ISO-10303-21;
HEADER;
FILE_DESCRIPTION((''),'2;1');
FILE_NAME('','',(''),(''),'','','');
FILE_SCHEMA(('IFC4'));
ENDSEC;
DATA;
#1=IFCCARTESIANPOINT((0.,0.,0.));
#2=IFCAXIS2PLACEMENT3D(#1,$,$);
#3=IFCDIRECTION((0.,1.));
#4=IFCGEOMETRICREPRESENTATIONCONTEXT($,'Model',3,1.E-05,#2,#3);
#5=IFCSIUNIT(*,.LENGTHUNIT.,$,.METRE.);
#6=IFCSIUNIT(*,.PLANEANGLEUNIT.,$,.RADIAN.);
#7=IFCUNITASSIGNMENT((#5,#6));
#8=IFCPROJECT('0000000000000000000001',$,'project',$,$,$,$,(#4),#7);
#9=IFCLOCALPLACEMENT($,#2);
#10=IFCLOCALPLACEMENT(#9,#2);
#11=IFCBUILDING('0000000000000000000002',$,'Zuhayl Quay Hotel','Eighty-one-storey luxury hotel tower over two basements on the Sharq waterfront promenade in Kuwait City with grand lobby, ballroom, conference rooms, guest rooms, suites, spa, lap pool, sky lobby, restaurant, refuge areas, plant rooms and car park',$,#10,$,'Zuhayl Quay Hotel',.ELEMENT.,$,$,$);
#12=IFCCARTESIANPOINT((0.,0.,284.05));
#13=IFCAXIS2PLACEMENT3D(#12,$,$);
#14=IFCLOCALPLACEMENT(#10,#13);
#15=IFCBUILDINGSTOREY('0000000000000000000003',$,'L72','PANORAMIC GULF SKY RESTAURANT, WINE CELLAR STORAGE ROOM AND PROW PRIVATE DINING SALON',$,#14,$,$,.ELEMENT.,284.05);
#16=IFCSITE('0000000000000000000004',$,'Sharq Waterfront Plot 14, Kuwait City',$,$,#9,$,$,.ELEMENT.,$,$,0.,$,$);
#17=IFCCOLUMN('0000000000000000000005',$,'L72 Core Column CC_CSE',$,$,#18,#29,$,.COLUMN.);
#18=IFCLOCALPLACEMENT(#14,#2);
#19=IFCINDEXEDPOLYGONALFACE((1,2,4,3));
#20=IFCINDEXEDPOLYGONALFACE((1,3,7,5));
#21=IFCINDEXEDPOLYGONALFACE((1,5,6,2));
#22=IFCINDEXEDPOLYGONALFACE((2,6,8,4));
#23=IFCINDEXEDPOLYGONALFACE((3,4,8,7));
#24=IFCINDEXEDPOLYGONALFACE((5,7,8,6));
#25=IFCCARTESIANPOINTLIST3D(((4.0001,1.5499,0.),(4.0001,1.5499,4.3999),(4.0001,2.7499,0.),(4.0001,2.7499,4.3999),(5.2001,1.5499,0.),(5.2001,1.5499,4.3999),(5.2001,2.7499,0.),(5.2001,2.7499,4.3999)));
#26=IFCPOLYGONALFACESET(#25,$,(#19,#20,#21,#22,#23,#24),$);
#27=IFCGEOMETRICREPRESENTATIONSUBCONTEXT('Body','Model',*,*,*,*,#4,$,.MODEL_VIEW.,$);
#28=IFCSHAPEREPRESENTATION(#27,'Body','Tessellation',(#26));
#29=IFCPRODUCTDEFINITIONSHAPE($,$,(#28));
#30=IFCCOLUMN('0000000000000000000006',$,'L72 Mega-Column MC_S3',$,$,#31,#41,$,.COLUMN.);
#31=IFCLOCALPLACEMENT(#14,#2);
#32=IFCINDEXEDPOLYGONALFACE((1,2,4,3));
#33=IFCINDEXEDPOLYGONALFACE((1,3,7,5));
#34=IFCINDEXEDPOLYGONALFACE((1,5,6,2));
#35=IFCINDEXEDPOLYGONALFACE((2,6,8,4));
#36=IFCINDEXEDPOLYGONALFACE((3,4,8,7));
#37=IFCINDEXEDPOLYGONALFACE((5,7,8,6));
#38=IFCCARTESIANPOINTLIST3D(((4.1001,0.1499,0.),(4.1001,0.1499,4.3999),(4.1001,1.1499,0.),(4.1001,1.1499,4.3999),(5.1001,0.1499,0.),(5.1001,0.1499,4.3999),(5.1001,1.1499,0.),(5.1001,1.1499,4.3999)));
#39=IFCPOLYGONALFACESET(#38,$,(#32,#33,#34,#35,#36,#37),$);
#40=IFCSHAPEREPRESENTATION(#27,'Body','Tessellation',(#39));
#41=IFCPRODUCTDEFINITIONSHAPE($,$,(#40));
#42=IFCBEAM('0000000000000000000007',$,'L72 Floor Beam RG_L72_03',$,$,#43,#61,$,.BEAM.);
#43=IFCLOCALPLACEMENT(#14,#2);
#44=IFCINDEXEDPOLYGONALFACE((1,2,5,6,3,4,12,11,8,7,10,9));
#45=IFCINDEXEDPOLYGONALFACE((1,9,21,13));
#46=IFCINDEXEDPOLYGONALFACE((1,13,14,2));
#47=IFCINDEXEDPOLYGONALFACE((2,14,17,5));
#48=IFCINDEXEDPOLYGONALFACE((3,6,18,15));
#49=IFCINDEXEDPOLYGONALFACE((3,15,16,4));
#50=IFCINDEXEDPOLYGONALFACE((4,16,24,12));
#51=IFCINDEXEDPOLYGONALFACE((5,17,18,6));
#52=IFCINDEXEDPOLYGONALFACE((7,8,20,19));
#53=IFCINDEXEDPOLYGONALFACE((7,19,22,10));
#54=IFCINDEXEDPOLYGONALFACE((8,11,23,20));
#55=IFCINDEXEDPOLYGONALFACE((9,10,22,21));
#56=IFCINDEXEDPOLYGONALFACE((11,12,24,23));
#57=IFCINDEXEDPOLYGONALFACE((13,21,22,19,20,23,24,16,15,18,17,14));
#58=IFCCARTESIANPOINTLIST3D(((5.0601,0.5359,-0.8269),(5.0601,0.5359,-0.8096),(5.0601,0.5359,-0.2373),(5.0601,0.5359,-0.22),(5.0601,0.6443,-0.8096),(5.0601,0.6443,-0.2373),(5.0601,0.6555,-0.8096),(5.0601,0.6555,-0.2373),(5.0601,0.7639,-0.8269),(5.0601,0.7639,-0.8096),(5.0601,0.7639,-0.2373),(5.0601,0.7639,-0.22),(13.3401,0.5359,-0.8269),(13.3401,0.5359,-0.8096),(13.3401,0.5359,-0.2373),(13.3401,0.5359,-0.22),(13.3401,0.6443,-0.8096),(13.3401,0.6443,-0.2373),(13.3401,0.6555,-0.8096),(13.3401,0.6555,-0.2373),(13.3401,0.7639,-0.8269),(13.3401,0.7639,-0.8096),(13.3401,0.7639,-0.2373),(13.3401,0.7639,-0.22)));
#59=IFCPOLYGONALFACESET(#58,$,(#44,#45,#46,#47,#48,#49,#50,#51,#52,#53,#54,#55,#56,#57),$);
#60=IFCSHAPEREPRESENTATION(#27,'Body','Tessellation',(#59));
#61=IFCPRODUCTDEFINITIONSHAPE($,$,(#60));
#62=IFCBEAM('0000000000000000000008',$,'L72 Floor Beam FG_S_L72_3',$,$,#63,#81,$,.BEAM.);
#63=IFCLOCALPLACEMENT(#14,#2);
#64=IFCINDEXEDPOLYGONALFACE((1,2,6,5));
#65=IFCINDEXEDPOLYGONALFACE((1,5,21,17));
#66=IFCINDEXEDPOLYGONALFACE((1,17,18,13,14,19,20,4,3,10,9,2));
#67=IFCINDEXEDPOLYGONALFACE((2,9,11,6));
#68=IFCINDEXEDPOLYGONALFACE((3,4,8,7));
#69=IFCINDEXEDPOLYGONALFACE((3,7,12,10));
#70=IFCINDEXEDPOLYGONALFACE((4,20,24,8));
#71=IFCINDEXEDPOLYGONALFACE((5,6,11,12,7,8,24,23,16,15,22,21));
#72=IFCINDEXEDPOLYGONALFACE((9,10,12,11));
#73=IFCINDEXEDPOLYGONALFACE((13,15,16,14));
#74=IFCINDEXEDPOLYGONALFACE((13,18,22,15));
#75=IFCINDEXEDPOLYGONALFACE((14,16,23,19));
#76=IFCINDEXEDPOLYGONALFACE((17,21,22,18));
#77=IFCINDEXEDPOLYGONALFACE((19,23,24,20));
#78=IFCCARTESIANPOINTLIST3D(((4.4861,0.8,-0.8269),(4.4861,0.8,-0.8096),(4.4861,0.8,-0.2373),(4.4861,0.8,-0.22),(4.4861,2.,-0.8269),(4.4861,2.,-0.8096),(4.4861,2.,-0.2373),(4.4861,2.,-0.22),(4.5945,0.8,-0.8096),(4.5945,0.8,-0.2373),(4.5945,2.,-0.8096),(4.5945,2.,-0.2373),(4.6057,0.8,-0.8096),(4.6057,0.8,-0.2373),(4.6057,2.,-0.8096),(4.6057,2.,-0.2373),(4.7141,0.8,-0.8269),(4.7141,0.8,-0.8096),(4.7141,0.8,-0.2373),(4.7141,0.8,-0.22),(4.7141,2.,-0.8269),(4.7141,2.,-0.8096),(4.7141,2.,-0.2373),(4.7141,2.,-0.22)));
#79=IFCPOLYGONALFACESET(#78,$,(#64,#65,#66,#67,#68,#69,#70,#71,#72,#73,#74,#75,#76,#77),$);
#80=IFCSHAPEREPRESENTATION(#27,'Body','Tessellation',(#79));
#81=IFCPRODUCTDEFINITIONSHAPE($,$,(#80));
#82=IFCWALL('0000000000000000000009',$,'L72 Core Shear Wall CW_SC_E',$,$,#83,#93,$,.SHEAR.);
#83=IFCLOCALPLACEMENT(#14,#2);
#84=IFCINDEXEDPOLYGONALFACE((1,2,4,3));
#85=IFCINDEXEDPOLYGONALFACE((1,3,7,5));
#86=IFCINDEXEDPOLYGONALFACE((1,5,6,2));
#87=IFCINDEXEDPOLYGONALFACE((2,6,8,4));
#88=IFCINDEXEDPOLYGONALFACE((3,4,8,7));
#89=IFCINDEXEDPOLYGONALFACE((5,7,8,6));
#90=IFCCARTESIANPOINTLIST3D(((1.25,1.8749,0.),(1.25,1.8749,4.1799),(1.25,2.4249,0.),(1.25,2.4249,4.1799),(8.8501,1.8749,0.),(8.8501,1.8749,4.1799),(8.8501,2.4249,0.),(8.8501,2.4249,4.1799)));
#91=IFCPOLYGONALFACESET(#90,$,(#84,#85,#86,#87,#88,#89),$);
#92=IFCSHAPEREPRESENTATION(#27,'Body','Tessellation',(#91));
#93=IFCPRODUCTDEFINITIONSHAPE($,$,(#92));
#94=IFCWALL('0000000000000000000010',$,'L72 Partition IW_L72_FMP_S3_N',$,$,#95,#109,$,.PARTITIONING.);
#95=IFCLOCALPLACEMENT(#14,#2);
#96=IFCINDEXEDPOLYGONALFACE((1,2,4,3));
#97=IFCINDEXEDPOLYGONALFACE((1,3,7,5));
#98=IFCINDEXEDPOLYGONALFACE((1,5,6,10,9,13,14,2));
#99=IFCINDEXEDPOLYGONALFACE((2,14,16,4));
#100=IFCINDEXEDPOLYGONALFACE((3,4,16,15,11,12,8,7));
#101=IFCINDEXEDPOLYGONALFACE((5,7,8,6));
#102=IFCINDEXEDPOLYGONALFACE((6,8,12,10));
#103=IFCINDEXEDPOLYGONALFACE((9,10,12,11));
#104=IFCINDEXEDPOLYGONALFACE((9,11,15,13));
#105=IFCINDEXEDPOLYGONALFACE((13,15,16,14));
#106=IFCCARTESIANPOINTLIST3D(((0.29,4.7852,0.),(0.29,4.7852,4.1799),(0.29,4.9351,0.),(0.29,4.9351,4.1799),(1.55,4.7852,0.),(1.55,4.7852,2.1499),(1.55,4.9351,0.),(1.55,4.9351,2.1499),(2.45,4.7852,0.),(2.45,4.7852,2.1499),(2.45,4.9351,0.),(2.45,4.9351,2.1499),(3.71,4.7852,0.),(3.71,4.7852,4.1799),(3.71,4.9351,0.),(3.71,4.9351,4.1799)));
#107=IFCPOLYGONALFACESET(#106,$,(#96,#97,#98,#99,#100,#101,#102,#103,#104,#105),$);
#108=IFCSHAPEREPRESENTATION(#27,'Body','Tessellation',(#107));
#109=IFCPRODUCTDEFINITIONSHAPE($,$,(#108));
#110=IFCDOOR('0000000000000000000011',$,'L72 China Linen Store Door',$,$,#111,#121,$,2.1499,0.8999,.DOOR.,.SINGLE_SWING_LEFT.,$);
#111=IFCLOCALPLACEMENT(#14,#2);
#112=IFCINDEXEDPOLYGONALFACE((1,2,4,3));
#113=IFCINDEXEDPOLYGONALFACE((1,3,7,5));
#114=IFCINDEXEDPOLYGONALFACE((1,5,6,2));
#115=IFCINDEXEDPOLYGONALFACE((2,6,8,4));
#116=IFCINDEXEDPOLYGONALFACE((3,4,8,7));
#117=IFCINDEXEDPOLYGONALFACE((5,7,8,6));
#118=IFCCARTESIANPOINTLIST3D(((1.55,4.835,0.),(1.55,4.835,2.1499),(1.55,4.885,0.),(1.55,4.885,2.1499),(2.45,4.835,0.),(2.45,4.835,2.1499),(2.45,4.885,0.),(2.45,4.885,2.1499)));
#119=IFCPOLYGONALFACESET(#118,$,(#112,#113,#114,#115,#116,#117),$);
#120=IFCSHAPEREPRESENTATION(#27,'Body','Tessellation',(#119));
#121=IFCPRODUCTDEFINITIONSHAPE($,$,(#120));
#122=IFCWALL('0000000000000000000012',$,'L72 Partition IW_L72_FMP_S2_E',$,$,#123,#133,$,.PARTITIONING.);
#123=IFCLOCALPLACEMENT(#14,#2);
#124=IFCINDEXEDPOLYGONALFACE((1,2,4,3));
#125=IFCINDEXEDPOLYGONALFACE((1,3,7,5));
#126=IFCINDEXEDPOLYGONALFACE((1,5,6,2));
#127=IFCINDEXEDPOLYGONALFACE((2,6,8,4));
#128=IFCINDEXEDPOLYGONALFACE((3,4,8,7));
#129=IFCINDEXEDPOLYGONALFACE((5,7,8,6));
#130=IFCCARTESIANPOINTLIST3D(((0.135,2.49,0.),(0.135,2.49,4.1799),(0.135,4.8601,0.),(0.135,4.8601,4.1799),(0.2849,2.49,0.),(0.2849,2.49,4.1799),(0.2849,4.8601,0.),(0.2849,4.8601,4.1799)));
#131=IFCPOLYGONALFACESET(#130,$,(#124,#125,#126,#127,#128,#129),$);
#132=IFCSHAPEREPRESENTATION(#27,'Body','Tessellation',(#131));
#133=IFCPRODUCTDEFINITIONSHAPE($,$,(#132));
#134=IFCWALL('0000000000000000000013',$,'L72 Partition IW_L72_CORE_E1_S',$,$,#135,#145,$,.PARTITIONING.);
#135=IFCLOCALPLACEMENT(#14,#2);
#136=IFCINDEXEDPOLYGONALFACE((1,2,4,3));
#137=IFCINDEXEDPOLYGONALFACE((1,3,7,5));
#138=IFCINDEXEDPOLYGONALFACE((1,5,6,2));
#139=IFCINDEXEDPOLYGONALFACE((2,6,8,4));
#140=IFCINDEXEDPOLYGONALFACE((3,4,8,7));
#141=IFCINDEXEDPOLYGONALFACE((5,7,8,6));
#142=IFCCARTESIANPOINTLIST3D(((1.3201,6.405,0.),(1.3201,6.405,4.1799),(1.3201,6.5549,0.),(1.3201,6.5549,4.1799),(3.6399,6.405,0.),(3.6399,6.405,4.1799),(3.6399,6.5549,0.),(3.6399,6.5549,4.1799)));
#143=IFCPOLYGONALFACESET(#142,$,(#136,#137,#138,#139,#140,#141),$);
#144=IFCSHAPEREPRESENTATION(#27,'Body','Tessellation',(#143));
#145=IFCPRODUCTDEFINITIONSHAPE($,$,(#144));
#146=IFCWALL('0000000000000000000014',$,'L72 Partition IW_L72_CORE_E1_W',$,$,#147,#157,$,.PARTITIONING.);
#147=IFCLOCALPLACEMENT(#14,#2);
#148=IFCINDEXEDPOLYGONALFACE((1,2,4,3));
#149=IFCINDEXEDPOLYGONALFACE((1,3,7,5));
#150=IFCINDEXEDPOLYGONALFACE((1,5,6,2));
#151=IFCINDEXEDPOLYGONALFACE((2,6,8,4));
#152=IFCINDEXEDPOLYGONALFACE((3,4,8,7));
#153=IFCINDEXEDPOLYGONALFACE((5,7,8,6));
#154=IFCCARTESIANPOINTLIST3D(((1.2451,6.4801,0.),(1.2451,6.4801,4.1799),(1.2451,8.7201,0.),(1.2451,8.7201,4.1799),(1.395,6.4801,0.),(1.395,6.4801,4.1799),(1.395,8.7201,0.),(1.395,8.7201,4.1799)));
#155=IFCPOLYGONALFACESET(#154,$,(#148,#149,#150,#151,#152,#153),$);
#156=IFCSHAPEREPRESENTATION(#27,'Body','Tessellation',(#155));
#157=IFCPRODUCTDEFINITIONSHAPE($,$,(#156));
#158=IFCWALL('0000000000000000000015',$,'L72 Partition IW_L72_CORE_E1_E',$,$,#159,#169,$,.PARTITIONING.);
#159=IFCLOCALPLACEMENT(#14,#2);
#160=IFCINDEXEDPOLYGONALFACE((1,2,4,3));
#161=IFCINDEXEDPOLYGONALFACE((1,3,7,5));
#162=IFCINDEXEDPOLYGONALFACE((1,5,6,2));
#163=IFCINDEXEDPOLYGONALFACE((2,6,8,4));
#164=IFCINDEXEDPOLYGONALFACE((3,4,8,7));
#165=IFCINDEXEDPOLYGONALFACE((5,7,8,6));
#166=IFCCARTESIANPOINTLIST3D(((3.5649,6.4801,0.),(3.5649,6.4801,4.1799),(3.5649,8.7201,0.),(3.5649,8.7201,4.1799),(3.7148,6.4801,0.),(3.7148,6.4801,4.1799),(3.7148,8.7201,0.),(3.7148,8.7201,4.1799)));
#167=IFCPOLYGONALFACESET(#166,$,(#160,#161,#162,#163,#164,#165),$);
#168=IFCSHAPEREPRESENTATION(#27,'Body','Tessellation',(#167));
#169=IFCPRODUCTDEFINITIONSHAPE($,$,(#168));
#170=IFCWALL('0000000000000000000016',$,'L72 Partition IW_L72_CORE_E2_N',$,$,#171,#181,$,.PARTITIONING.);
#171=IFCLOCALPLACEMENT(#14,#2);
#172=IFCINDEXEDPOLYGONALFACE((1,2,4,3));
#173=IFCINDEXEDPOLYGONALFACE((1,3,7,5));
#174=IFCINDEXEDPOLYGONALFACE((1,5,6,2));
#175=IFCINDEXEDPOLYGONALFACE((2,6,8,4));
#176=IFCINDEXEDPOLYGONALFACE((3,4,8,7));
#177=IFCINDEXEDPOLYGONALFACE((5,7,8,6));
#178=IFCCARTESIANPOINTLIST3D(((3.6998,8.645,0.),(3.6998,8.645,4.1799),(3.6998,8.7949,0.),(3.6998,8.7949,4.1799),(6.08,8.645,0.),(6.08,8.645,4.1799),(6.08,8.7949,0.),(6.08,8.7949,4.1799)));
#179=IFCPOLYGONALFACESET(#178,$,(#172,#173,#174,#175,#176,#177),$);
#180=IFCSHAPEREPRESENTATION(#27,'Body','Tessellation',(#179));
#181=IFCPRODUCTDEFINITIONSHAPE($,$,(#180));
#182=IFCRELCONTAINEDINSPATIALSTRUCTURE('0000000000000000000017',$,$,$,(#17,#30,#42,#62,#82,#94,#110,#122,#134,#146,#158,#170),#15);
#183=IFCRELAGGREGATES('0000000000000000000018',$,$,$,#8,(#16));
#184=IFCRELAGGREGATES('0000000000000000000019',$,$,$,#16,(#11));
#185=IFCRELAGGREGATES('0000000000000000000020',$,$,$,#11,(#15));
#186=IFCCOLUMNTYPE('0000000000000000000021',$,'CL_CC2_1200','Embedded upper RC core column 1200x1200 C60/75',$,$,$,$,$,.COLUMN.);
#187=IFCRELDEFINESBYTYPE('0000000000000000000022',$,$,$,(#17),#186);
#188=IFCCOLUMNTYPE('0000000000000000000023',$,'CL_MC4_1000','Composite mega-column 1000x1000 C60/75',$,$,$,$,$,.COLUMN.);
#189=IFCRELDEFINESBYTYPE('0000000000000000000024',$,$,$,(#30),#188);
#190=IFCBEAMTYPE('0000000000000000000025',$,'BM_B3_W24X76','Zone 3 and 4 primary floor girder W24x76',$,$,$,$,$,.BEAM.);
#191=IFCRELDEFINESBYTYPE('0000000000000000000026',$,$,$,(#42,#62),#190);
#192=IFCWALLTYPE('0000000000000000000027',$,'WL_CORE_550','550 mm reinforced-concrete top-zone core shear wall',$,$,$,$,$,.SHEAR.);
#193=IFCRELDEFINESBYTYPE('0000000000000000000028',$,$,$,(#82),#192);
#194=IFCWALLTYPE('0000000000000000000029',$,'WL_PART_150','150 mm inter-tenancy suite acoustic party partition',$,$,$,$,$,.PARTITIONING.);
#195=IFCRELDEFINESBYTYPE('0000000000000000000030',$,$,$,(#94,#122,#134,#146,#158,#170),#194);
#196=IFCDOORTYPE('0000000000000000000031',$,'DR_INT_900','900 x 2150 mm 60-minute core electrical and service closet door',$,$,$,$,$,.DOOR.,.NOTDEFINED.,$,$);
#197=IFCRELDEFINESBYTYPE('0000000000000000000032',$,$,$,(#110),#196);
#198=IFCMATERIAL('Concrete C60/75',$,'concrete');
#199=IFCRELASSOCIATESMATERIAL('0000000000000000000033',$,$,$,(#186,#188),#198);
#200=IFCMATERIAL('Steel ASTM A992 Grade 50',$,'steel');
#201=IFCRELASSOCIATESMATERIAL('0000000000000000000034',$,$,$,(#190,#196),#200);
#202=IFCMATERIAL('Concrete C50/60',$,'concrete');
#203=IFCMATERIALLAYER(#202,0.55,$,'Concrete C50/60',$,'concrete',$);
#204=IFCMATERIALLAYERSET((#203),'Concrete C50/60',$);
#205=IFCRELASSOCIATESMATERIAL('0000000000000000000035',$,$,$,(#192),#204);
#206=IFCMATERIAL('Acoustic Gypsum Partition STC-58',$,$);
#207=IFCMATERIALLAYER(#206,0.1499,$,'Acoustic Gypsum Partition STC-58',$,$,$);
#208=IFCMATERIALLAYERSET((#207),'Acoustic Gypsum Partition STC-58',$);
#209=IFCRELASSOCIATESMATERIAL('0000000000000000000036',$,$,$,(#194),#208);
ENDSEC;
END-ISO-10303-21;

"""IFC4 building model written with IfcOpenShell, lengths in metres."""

from ifc_helpers import new_model, si_unit, direction, frame, frame_2d, origin, origin_2d, place, context, subcontext, project, spatial, rectangle, i_section, extrude, material, layer, layer_set, material_profile, profile_set, type_object, element, fill, save


model = new_model("IFC4")

# Units and contexts
model_context = context("Model", 3, precision=1e-05, world=origin(), true_north=direction((0.0, 1.0)))
body_context = subcontext(model_context, "Body", "Model", "MODEL_VIEW")
ifc_project = project(units=[si_unit("LENGTHUNIT", "METRE"), si_unit("PLANEANGLEUNIT", "RADIAN")], contexts=[model_context])

# Site, building, storey
site_placement = place(None, origin())
site = spatial("IfcSite", under=ifc_project, at=site_placement, Name="Sharq Waterfront Plot 14, Kuwait City", CompositionType="ELEMENT", RefElevation=0.0)
building_placement = place(site_placement, origin())
building = spatial("IfcBuilding", under=site, at=building_placement, Name="Zuhayl Quay Hotel", Description="Eighty-one-storey luxury hotel tower over two basements on the Sharq waterfront promenade in Kuwait City with grand lobby, ballroom, conference rooms, guest rooms, suites, spa, lap pool, sky lobby, restaurant, refuge areas, plant rooms and car park", LongName="Zuhayl Quay Hotel", CompositionType="ELEMENT")
storey_placement = place(building_placement, frame((0.0, 0.0, 284.05)))
storey = spatial("IfcBuildingStorey", under=building, at=storey_placement, Name="L72", Description="PANORAMIC GULF SKY RESTAURANT, WINE CELLAR STORAGE ROOM AND PROW PRIVATE DINING SALON", CompositionType="ELEMENT", Elevation=284.05)

# Columns
ifc_material_1 = material(Name="Concrete C60/75", Category="concrete")
ifc_material_profile_1 = material_profile(ifc_material_1, rectangle(XDim=1.2, YDim=1.2, at=origin_2d()), Name="RC1200X1200")
ifc_profile_set_1 = profile_set([ifc_material_profile_1], Name="Concrete C60/75")
column_type_1 = type_object("IfcColumnType", Name="CL_CC2_1200", Description="Embedded upper RC core column 1200x1200 C60/75", PredefinedType="COLUMN", material=ifc_profile_set_1)
column_1_placement = place(storey_placement, frame((4.6001, 2.1499, 0.0), z_axis=(0.0, 0.0, 1.0), x_axis=(1.0, 0.0, 0.0)))
element("IfcColumn", 1, at=column_1_placement, inside=storey, type_object=column_type_1, Name="L72 Core Column CC_CSE", PredefinedType="COLUMN", context=body_context, shape_type="SweptSolid", body=[
    extrude(rectangle(XDim=1.2, YDim=1.2, at=origin_2d()), origin(), (0.0, 0.0, 1.0), 4.3999),
])
ifc_material_profile_2 = material_profile(ifc_material_1, rectangle(XDim=1.0, YDim=1.0, at=origin_2d()), Name="RC1000X1000")
ifc_profile_set_2 = profile_set([ifc_material_profile_2], Name="Concrete C60/75")
column_type_2 = type_object("IfcColumnType", Name="CL_MC4_1000", Description="Composite mega-column 1000x1000 C60/75", PredefinedType="COLUMN", material=ifc_profile_set_2)
column_2_placement = place(storey_placement, frame((4.6001, 0.6499, 0.0), z_axis=(0.0, 0.0, 1.0), x_axis=(1.0, 0.0, 0.0)))
element("IfcColumn", 2, at=column_2_placement, inside=storey, type_object=column_type_2, Name="L72 Mega-Column MC_S3", PredefinedType="COLUMN", context=body_context, shape_type="SweptSolid", body=[
    extrude(rectangle(XDim=1.0, YDim=1.0, at=origin_2d()), origin(), (0.0, 0.0, 1.0), 4.3999),
])

# Beams
ifc_material_2 = material(Name="Steel ASTM A992 Grade 50", Category="steel")
ifc_material_profile_3 = material_profile(ifc_material_2, i_section(OverallWidth=0.228, OverallDepth=0.6069, WebThickness=0.0112, FlangeThickness=0.0173, at=origin_2d()), Name="W24X76")
ifc_profile_set_3 = profile_set([ifc_material_profile_3], Name="Steel ASTM A992 Grade 50")
beam_type = type_object("IfcBeamType", Name="BM_B3_W24X76", Description="Zone 3 and 4 primary floor girder W24x76", PredefinedType="BEAM", material=ifc_profile_set_3)
beam_1_placement = place(storey_placement, frame((5.0601, 0.6499, -0.5234), z_axis=(1.0, 0.0, 0.0), x_axis=(0.0, 1.0, 0.0)))
element("IfcBeam", 3, at=beam_1_placement, inside=storey, type_object=beam_type, Name="L72 Floor Beam RG_L72_03", PredefinedType="BEAM", context=body_context, shape_type="SweptSolid", body=[
    extrude(i_section(OverallWidth=0.228, OverallDepth=0.6069, WebThickness=0.0112, FlangeThickness=0.0173, at=origin_2d()), origin(), (0.0, 0.0, 1.0), 8.28),
])
beam_2_placement = place(storey_placement, frame((4.6001, 0.8, -0.5234), z_axis=(0.0, 1.0, 0.0), x_axis=(-1.0, 0.0, 0.0)))
element("IfcBeam", 4, at=beam_2_placement, inside=storey, type_object=beam_type, Name="L72 Floor Beam FG_S_L72_3", PredefinedType="BEAM", context=body_context, shape_type="SweptSolid", body=[
    extrude(i_section(OverallWidth=0.228, OverallDepth=0.6069, WebThickness=0.0112, FlangeThickness=0.0173, at=origin_2d()), origin(), (0.0, 0.0, 1.0), 1.2),
])

# Wall
ifc_material_3 = material(Name="Concrete C50/60", Category="concrete")
ifc_layer_1 = layer(ifc_material_3, 0.55, Name="Concrete C50/60", Category="concrete")
ifc_layer_set_1 = layer_set([ifc_layer_1], Name="Concrete C50/60")
wall_type_1 = type_object("IfcWallType", Name="WL_CORE_550", Description="550 mm reinforced-concrete top-zone core shear wall", PredefinedType="SHEAR", material=ifc_layer_set_1)
wall_1_placement = place(storey_placement, frame((1.25, 2.1499, 0.0), z_axis=(0.0, 0.0, 1.0), x_axis=(1.0, 0.0, 0.0)))
element("IfcWall", 5, at=wall_1_placement, inside=storey, type_object=wall_type_1, Name="L72 Core Shear Wall CW_SC_E", PredefinedType="SHEAR", context=body_context, shape_type="SweptSolid", body=[
    extrude(rectangle(XDim=7.6001, YDim=0.55, at=frame_2d((3.8, 0.0))), origin(), (0.0, 0.0, 1.0), 4.1799),
])

# Wall, opening, door
ifc_material_4 = material(Name="Acoustic Gypsum Partition STC-58")
ifc_layer_2 = layer(ifc_material_4, 0.1499, Name="Acoustic Gypsum Partition STC-58")
ifc_layer_set_2 = layer_set([ifc_layer_2], Name="Acoustic Gypsum Partition STC-58")
wall_type_2 = type_object("IfcWallType", Name="WL_PART_150", Description="150 mm inter-tenancy suite acoustic party partition", PredefinedType="PARTITIONING", material=ifc_layer_set_2)
wall_2_placement = place(storey_placement, frame((0.29, 4.8601, 0.0), z_axis=(0.0, 0.0, 1.0), x_axis=(1.0, 0.0, 0.0)))
wall_2 = element("IfcWall", 6, at=wall_2_placement, inside=storey, type_object=wall_type_2, Name="L72 Partition IW_L72_FMP_S3_N", PredefinedType="PARTITIONING", context=body_context, shape_type="SweptSolid", body=[
    extrude(rectangle(XDim=3.4199, YDim=0.1499, at=frame_2d((1.71, 0.0))), origin(), (0.0, 0.0, 1.0), 4.1799),
])
opening_1_placement = place(wall_2_placement, frame((1.26, 0.0, 0.0)))
opening_1 = element("IfcOpeningElement", 7, at=opening_1_placement, cuts=wall_2, PredefinedType="OPENING", context=body_context, shape_type="SweptSolid", body=[
    extrude(rectangle(XDim=0.8999, YDim=2.1499, at=frame_2d((0.45, 1.075))), frame((0.0, 0.085, 0.0), z_axis=(0.0, -1.0, 0.0), x_axis=(1.0, 0.0, 0.0)), (0.0, 0.0, 1.0), 0.1699),
])
door_type_1 = type_object("IfcDoorType", Name="DR_INT_900", Description="900 x 2150 mm 60-minute core electrical and service closet door", OperationType="NOTDEFINED", PredefinedType="DOOR", material=ifc_material_2)
door_1_placement = place(opening_1_placement, origin())
door_1 = element("IfcDoor", 8, at=door_1_placement, inside=storey, type_object=door_type_1, Name="L72 China Linen Store Door", OperationType="SINGLE_SWING_LEFT", OverallHeight=2.1499, OverallWidth=0.8999, PredefinedType="DOOR", context=body_context, shape_type="SweptSolid", body=[
    extrude(rectangle(XDim=0.8999, YDim=2.1499, at=frame_2d((0.45, 1.075))), frame((0.0, 0.0249, 0.0), z_axis=(0.0, -1.0, 0.0), x_axis=(1.0, 0.0, 0.0)), (0.0, 0.0, 1.0), 0.05),
])
fill(opening_1, door_1)

# Walls
wall_3_placement = place(storey_placement, frame((0.21, 2.49, 0.0), z_axis=(0.0, 0.0, 1.0), x_axis=(0.0, 1.0, 0.0)))
element("IfcWall", 9, at=wall_3_placement, inside=storey, type_object=wall_type_2, Name="L72 Partition IW_L72_FMP_S2_E", PredefinedType="PARTITIONING", context=body_context, shape_type="SweptSolid", body=[
    extrude(rectangle(XDim=2.3701, YDim=0.1499, at=frame_2d((1.1851, 0.0))), origin(), (0.0, 0.0, 1.0), 4.1799),
])
wall_4_placement = place(storey_placement, frame((1.3201, 6.48, 0.0), z_axis=(0.0, 0.0, 1.0), x_axis=(1.0, 0.0, 0.0)))
element("IfcWall", 10, at=wall_4_placement, inside=storey, type_object=wall_type_2, Name="L72 Partition IW_L72_CORE_E1_S", PredefinedType="PARTITIONING", context=body_context, shape_type="SweptSolid", body=[
    extrude(rectangle(XDim=2.3198, YDim=0.1499, at=frame_2d((1.1599, 0.0))), origin(), (0.0, 0.0, 1.0), 4.1799),
])
for number, where, z_axis, x_axis, name in (
    (11, (1.3201, 6.48, 0.0), (0.0, 0.0, 1.0), (0.0, 1.0, 0.0), "L72 Partition IW_L72_CORE_E1_W"),
    (12, (3.6399, 6.48, 0.0), (0.0, 0.0, 1.0), (0.0, 1.0, 0.0), "L72 Partition IW_L72_CORE_E1_E"),
):
    element("IfcWall", number, at=place(storey_placement, frame(where, z_axis=z_axis, x_axis=x_axis)), inside=storey, type_object=wall_type_2, Name=name, PredefinedType="PARTITIONING", context=body_context, shape_type="SweptSolid", body=[
        extrude(rectangle(XDim=2.24, YDim=0.1499, at=frame_2d((1.1201, 0.0))), origin(), (0.0, 0.0, 1.0), 4.1799),
    ])
wall_5_placement = place(storey_placement, frame((3.7, 8.72, 0.0), z_axis=(0.0, 0.0, 1.0), x_axis=(1.0, 0.0, 0.0)))
element("IfcWall", 13, at=wall_5_placement, inside=storey, type_object=wall_type_2, Name="L72 Partition IW_L72_CORE_E2_N", PredefinedType="PARTITIONING", context=body_context, shape_type="SweptSolid", body=[
    extrude(rectangle(XDim=2.3801, YDim=0.1499, at=frame_2d((1.1899, 0.0))), origin(), (0.0, 0.0, 1.0), 4.1799),
])

save(model, "model.ifc")
